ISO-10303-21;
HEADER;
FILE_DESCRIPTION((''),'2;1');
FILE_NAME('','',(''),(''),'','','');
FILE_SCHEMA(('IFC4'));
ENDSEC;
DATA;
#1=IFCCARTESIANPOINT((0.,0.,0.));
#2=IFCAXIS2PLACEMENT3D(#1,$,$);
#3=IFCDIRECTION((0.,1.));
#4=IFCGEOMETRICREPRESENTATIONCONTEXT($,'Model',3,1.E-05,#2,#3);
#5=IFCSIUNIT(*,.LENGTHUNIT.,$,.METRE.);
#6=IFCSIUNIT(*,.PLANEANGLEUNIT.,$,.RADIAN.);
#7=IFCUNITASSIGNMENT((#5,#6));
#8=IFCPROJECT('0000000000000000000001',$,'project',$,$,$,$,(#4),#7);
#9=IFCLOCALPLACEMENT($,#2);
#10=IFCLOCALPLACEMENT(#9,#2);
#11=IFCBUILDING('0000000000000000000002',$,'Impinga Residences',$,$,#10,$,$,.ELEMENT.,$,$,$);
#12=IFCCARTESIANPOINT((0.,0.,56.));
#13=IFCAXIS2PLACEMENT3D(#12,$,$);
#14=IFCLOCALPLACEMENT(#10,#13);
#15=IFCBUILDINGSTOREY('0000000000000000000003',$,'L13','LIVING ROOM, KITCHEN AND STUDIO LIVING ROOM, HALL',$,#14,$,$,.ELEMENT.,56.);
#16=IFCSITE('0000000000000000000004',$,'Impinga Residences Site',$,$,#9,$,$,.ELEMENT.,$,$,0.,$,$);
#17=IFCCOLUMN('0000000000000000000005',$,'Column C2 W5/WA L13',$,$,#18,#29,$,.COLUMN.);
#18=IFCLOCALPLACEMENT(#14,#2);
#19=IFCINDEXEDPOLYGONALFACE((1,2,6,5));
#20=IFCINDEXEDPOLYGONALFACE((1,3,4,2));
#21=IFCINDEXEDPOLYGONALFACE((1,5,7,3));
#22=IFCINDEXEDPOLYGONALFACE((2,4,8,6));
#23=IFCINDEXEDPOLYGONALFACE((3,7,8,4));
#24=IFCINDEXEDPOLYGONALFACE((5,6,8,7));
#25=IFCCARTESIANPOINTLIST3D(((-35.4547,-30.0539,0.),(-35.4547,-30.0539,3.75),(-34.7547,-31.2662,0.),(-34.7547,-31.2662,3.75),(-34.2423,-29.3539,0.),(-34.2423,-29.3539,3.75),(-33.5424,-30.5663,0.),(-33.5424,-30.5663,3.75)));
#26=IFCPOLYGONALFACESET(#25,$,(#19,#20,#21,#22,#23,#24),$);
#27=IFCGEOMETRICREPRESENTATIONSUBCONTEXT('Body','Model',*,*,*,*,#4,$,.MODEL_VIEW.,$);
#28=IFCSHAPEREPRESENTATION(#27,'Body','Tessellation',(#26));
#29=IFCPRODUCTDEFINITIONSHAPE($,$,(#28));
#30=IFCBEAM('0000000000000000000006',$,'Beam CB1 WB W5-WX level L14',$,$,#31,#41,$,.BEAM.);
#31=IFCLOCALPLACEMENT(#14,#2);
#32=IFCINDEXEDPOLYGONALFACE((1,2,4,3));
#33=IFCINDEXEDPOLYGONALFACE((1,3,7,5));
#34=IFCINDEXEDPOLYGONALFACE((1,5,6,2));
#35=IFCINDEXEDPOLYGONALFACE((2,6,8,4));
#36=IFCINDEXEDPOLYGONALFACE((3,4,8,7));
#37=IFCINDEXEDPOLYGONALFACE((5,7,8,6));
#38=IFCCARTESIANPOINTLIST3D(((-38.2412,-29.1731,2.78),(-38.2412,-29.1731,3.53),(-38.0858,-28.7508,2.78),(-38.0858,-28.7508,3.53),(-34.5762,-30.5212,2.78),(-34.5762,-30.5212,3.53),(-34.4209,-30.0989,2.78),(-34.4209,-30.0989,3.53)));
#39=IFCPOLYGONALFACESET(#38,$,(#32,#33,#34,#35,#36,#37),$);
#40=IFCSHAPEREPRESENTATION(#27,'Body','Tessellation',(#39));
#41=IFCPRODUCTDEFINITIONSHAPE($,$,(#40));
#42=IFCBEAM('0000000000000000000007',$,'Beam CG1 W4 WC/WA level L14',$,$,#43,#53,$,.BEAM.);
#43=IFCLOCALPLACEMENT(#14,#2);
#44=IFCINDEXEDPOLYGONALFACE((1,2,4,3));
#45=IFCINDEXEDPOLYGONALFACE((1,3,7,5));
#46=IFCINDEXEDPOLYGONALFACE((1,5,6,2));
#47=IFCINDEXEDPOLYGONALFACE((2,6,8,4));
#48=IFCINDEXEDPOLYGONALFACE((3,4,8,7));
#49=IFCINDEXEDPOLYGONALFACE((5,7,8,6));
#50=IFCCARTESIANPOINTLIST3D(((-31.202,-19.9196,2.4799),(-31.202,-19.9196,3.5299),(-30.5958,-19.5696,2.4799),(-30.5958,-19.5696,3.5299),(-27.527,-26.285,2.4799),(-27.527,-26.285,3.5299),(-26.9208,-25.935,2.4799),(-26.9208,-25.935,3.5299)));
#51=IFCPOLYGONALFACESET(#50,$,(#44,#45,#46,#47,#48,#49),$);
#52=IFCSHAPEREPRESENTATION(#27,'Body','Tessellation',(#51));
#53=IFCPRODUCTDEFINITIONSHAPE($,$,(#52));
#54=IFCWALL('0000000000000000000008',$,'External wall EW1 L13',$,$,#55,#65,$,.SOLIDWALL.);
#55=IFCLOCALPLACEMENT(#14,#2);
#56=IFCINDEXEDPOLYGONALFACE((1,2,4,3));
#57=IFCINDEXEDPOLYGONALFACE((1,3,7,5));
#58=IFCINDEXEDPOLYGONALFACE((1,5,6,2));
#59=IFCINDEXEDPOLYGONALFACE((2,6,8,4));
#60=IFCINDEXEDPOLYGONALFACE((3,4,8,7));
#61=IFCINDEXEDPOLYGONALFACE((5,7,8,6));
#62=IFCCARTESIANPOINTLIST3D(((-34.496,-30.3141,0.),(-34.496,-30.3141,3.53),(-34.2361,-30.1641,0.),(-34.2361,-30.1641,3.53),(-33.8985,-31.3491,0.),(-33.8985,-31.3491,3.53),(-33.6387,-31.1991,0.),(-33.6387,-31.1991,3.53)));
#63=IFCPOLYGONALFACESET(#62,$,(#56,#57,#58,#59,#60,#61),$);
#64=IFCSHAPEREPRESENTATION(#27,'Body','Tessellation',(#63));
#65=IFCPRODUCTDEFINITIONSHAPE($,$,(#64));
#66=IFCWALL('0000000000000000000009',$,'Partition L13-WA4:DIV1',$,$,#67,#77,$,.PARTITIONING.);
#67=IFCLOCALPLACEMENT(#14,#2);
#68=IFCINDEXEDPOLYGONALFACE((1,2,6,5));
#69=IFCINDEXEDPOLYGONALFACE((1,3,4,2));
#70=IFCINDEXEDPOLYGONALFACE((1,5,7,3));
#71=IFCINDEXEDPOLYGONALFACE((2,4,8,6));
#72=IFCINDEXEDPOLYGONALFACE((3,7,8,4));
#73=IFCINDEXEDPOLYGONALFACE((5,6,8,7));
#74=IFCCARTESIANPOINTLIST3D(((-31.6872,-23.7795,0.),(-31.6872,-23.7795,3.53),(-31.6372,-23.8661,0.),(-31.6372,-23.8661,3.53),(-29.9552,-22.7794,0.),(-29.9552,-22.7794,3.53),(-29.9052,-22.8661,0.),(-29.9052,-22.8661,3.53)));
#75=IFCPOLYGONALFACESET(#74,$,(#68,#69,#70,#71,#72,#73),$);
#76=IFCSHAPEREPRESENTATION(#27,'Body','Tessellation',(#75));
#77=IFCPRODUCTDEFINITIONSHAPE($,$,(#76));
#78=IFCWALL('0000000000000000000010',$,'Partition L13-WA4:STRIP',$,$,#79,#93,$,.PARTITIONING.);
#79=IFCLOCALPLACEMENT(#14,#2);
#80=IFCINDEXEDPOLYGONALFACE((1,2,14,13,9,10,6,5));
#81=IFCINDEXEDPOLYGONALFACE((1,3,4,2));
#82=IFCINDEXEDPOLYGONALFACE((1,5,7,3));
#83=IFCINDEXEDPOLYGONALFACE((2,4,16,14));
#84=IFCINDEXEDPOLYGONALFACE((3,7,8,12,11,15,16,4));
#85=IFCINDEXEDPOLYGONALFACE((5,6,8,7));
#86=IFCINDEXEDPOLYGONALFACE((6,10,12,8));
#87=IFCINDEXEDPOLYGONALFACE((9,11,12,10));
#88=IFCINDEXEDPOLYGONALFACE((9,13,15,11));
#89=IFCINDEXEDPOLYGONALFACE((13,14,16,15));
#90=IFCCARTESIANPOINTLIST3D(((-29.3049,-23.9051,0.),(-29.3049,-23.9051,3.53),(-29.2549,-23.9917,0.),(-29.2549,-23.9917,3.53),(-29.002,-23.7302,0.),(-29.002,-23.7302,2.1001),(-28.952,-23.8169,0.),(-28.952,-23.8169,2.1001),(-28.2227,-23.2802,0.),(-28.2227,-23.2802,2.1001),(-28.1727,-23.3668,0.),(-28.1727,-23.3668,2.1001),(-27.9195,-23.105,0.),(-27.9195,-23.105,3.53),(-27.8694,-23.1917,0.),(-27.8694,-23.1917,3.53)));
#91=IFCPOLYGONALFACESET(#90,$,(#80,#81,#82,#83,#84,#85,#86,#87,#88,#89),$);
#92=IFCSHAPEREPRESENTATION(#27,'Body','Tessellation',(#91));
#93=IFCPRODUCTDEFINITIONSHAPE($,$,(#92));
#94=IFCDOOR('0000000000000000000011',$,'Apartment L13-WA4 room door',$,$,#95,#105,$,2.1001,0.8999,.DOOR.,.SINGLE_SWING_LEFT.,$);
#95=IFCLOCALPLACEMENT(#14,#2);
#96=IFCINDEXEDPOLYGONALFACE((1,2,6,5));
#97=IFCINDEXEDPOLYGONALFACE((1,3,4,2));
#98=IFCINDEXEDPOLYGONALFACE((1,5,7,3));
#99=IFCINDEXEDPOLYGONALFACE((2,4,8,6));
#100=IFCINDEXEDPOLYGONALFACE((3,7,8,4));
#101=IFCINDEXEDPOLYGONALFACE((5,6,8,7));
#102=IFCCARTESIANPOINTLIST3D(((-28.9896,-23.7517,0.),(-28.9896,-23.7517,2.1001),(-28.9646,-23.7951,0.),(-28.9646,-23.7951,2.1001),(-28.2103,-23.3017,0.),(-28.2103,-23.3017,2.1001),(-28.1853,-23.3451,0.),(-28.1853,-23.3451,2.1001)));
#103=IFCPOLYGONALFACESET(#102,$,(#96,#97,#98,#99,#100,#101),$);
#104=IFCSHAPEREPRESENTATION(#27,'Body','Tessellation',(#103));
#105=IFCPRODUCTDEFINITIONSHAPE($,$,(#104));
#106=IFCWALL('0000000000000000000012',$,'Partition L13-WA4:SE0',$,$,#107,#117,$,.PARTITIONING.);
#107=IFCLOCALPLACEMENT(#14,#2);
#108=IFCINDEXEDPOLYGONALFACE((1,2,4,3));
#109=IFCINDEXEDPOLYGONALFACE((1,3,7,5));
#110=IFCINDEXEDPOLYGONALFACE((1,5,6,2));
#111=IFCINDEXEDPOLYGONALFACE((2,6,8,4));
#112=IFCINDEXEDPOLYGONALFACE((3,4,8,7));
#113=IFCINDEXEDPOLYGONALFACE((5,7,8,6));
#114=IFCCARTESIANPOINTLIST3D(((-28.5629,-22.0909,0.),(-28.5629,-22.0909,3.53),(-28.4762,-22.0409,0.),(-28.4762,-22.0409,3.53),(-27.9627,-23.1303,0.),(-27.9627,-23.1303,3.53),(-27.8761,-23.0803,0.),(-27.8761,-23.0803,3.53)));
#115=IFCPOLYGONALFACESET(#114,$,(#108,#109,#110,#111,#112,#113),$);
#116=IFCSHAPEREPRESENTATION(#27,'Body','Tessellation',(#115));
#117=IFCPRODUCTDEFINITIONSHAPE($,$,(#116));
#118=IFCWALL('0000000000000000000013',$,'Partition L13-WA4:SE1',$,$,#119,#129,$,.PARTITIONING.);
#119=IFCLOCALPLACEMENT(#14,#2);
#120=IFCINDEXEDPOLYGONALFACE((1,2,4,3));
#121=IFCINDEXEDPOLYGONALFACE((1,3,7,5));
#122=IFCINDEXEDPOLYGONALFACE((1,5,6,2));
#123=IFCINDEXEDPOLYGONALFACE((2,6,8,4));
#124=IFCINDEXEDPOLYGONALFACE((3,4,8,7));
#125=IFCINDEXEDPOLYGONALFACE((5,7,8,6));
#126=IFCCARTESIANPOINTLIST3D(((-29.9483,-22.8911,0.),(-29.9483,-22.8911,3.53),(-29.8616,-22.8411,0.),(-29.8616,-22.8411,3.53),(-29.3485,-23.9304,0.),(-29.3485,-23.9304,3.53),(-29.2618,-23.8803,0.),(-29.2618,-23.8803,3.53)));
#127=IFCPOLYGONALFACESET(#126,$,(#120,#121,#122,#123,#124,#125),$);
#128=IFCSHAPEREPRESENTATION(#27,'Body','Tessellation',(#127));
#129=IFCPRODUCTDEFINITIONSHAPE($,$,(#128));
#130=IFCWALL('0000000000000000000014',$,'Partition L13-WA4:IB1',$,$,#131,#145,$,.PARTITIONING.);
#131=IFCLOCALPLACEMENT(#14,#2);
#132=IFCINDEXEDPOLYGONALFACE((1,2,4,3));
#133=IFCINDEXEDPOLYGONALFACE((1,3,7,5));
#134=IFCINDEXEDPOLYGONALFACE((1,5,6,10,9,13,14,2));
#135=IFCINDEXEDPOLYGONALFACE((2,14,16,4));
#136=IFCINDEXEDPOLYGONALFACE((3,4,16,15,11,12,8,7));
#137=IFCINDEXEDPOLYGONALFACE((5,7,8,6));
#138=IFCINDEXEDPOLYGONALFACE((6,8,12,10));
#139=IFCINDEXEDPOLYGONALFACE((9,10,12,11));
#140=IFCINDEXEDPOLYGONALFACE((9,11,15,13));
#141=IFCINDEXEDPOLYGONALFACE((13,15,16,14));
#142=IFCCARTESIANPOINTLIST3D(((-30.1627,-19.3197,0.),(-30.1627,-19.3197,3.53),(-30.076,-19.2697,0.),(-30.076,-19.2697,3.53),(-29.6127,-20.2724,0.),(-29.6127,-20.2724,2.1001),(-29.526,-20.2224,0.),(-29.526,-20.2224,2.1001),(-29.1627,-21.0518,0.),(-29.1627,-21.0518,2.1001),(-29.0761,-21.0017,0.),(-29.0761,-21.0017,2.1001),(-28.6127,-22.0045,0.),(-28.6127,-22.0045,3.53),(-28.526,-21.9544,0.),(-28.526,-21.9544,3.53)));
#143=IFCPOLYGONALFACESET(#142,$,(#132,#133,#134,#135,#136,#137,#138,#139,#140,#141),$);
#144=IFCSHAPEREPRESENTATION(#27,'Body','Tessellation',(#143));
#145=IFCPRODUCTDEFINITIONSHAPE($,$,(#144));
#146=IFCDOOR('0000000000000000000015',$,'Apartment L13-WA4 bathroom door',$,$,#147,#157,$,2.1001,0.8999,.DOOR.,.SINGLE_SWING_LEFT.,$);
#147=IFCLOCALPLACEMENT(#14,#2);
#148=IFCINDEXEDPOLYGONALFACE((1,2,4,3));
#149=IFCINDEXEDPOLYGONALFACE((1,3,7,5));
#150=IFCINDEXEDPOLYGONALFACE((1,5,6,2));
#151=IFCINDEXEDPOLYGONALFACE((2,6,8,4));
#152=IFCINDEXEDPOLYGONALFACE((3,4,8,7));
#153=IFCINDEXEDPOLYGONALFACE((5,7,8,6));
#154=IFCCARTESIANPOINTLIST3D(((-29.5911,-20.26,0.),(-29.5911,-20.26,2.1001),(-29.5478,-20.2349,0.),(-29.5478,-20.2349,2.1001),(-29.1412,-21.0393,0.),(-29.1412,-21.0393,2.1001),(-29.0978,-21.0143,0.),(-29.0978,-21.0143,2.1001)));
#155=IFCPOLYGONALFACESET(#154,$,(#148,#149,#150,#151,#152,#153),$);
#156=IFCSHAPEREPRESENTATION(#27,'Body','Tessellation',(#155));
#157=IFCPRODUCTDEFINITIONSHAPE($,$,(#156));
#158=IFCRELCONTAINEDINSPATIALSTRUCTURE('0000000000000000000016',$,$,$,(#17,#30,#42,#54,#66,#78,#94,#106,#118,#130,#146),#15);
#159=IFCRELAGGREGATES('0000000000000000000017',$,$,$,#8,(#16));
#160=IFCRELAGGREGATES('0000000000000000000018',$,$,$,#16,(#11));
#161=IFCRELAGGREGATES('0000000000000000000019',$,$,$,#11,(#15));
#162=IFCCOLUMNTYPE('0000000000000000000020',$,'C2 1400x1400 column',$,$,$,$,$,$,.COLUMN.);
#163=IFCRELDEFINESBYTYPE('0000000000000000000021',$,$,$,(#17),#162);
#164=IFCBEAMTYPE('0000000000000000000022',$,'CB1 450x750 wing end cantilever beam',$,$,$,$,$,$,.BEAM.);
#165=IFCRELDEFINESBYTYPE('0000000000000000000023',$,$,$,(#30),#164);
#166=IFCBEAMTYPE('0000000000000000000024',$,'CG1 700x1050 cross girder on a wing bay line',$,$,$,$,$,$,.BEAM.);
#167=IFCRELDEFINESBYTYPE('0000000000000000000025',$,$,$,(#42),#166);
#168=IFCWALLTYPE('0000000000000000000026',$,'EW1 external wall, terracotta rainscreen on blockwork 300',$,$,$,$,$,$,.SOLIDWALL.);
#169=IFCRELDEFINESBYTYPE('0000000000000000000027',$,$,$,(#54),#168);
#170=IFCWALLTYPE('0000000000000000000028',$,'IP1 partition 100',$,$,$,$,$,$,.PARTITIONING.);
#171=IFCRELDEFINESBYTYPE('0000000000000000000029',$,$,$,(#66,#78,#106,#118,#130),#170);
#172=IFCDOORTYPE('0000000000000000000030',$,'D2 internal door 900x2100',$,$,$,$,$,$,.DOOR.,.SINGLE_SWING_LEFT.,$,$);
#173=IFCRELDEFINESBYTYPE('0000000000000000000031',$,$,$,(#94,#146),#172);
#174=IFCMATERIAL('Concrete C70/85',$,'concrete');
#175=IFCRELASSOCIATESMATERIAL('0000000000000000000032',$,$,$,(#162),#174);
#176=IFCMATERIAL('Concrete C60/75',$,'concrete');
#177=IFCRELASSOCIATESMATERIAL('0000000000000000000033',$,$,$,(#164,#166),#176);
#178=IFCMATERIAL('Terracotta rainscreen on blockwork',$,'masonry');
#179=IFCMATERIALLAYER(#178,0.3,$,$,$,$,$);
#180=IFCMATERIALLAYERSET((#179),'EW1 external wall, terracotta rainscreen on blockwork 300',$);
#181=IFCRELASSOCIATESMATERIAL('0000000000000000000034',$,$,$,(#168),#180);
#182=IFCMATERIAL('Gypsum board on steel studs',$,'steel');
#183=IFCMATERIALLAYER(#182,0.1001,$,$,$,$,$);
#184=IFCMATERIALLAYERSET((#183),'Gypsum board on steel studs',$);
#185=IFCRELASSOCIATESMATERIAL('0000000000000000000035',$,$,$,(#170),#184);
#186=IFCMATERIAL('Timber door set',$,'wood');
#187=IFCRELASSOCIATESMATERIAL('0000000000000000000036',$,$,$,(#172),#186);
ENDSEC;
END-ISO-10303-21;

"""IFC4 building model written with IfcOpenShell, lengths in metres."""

from ifc_helpers import new_model, si_unit, direction, frame, frame_2d, origin, origin_2d, place, context, subcontext, project, spatial, rectangle, extrude, material, layer, layer_set, material_profile, profile_set, type_object, element, fill, save


model = new_model("IFC4")

# Units and contexts
model_context = context("Model", 3, precision=1e-05, world=origin(), true_north=direction((0.0, 1.0)))
body_context = subcontext(model_context, "Body", "Model", "MODEL_VIEW")
ifc_project = project(units=[si_unit("LENGTHUNIT", "METRE"), si_unit("PLANEANGLEUNIT", "RADIAN")], contexts=[model_context])

# Site, building, storey
site_placement = place(None, origin())
site = spatial("IfcSite", under=ifc_project, at=site_placement, Name="Impinga Residences Site", CompositionType="ELEMENT", RefElevation=0.0)
building_placement = place(site_placement, origin())
building = spatial("IfcBuilding", under=site, at=building_placement, Name="Impinga Residences", CompositionType="ELEMENT")
storey_placement = place(building_placement, frame((0.0, 0.0, 56.0)))
storey = spatial("IfcBuildingStorey", under=building, at=storey_placement, Name="L13", Description="LIVING ROOM, KITCHEN AND STUDIO LIVING ROOM, HALL", CompositionType="ELEMENT", Elevation=56.0)

# Column
ifc_material_1 = material(Name="Concrete C70/85", Category="concrete")
ifc_material_profile_1 = material_profile(ifc_material_1, rectangle(XDim=1.3999, YDim=1.3999, at=origin_2d()), Name="RC 1400x1400")
ifc_profile_set_1 = profile_set([ifc_material_profile_1], Name="Concrete C70/85")
column_type = type_object("IfcColumnType", Name="C2 1400x1400 column", PredefinedType="COLUMN", material=ifc_profile_set_1)
column_placement = place(storey_placement, frame((-34.4985, -30.3101, 0.0), z_axis=(0.0, 0.0, 1.0), x_axis=(-0.5, 0.866025, 0.0)))
element("IfcColumn", 1, at=column_placement, inside=storey, type_object=column_type, Name="Column C2 W5/WA L13", PredefinedType="COLUMN", context=body_context, shape_type="SweptSolid", body=[
    extrude(rectangle(XDim=1.3999, YDim=1.3999, at=origin_2d()), origin(), (0.0, 0.0, 1.0), 3.75),
])

# Beams
ifc_material_2 = material(Name="Concrete C60/75", Category="concrete")
ifc_material_profile_2 = material_profile(ifc_material_2, rectangle(XDim=0.45, YDim=0.75, at=origin_2d()), Name="RC 450x750")
ifc_profile_set_2 = profile_set([ifc_material_profile_2], Name="Concrete C60/75")
beam_type_1 = type_object("IfcBeamType", Name="CB1 450x750 wing end cantilever beam", PredefinedType="BEAM", material=ifc_profile_set_2)
beam_1_placement = place(storey_placement, frame((-34.4985, -30.3101, 3.155), z_axis=(-0.93852, 0.345224, 0.0), x_axis=(-0.345224, -0.93852, 0.0)))
element("IfcBeam", 2, at=beam_1_placement, inside=storey, type_object=beam_type_1, Name="Beam CB1 WB W5-WX level L14", PredefinedType="BEAM", context=body_context, shape_type="SweptSolid", body=[
    extrude(rectangle(XDim=0.45, YDim=0.75, at=origin_2d()), origin(), (0.0, 0.0, 1.0), 3.905),
])
ifc_material_profile_3 = material_profile(ifc_material_2, rectangle(XDim=0.7, YDim=1.05, at=origin_2d()), Name="RC 700x1050")
ifc_profile_set_3 = profile_set([ifc_material_profile_3], Name="Concrete C60/75")
beam_type_2 = type_object("IfcBeamType", Name="CG1 700x1050 cross girder on a wing bay line", PredefinedType="BEAM", material=ifc_profile_set_3)
beam_2_placement = place(storey_placement, frame((-30.8989, -19.7446, 3.0049), z_axis=(0.499994, -0.866029, 0.0), x_axis=(0.866029, 0.499994, 0.0)))
element("IfcBeam", 3, at=beam_2_placement, inside=storey, type_object=beam_type_2, Name="Beam CG1 W4 WC/WA level L14", PredefinedType="BEAM", context=body_context, shape_type="SweptSolid", body=[
    extrude(rectangle(XDim=0.7, YDim=1.05, at=origin_2d()), origin(), (0.0, 0.0, 1.0), 7.3501),
])

# Walls
ifc_material_3 = material(Name="Terracotta rainscreen on blockwork", Category="masonry")
ifc_layer_1 = layer(ifc_material_3, 0.3)
ifc_layer_set_1 = layer_set([ifc_layer_1], Name="EW1 external wall, terracotta rainscreen on blockwork 300")
wall_type_1 = type_object("IfcWallType", Name="EW1 external wall, terracotta rainscreen on blockwork 300", PredefinedType="SOLIDWALL", material=ifc_layer_set_1)
wall_1_placement = place(storey_placement, frame((-33.7686, -31.2742, 0.0), z_axis=(0.0, 0.0, 1.0), x_axis=(-0.499941, 0.86606, 0.0)))
element("IfcWall", 4, at=wall_1_placement, inside=storey, type_object=wall_type_1, Name="External wall EW1 L13", PredefinedType="SOLIDWALL", context=body_context, shape_type="SweptSolid", body=[
    extrude(rectangle(XDim=1.1951, YDim=0.3, at=frame_2d((0.5977, 0.0))), origin(), (0.0, 0.0, 1.0), 3.53),
])
ifc_material_4 = material(Name="Gypsum board on steel studs", Category="steel")
ifc_layer_2 = layer(ifc_material_4, 0.1001)
ifc_layer_set_2 = layer_set([ifc_layer_2], Name="Gypsum board on steel studs")
wall_type_2 = type_object("IfcWallType", Name="IP1 partition 100", PredefinedType="PARTITIONING", material=ifc_layer_set_2)
wall_2_placement = place(storey_placement, frame((-29.9302, -22.8228, 0.0), z_axis=(0.0, 0.0, 1.0), x_axis=(-0.866011, -0.500025, 0.0)))
element("IfcWall", 5, at=wall_2_placement, inside=storey, type_object=wall_type_2, Name="Partition L13-WA4:DIV1", PredefinedType="PARTITIONING", context=body_context, shape_type="SweptSolid", body=[
    extrude(rectangle(XDim=2.0, YDim=0.1001, at=frame_2d((1.0, 0.0))), origin(), (0.0, 0.0, 1.0), 3.53),
])

# Wall, opening, door
wall_3_placement = place(storey_placement, frame((-27.8945, -23.1484, 0.0), z_axis=(0.0, 0.0, 1.0), x_axis=(-0.86599, -0.500061, 0.0)))
wall_3 = element("IfcWall", 6, at=wall_3_placement, inside=storey, type_object=wall_type_2, Name="Partition L13-WA4:STRIP", PredefinedType="PARTITIONING", context=body_context, shape_type="SweptSolid", body=[
    extrude(rectangle(XDim=1.5999, YDim=0.1001, at=frame_2d((0.7998, 0.0))), origin(), (0.0, 0.0, 1.0), 3.53),
])
opening_1_placement = place(wall_3_placement, frame((0.3501, 0.0, 0.0)))
opening_1 = element("IfcOpeningElement", 7, at=opening_1_placement, cuts=wall_3, PredefinedType="OPENING", context=body_context, shape_type="SweptSolid", body=[
    extrude(rectangle(XDim=0.8999, YDim=2.1001, at=frame_2d((0.45, 1.05))), frame((0.0, 0.0601, 0.0), z_axis=(0.0, -1.0, 0.0), x_axis=(1.0, 0.0, 0.0)), (0.0, 0.0, 1.0), 0.1201),
])
ifc_material_5 = material(Name="Timber door set", Category="wood")
door_type = type_object("IfcDoorType", Name="D2 internal door 900x2100", OperationType="SINGLE_SWING_LEFT", PredefinedType="DOOR", material=ifc_material_5)
door_1_placement = place(opening_1_placement, origin())
door_1 = element("IfcDoor", 8, at=door_1_placement, inside=storey, type_object=door_type, Name="Apartment L13-WA4 room door", OperationType="SINGLE_SWING_LEFT", OverallHeight=2.1001, OverallWidth=0.8999, PredefinedType="DOOR", context=body_context, shape_type="SweptSolid", body=[
    extrude(rectangle(XDim=0.8999, YDim=2.1001, at=frame_2d((0.45, 1.05))), frame((0.0, 0.0249, 0.0), z_axis=(0.0, -1.0, 0.0), x_axis=(1.0, 0.0, 0.0)), (0.0, 0.0, 1.0), 0.05),
])
fill(opening_1, door_1)

# Walls
wall_4_placement = place(storey_placement, frame((-28.5195, -22.0659, 0.0), z_axis=(0.0, 0.0, 1.0), x_axis=(0.500034, -0.866006, 0.0)))
element("IfcWall", 9, at=wall_4_placement, inside=storey, type_object=wall_type_2, Name="Partition L13-WA4:SE0", PredefinedType="PARTITIONING", context=body_context, shape_type="SweptSolid", body=[
    extrude(rectangle(XDim=1.2002, YDim=0.1001, at=frame_2d((0.6001, 0.0))), origin(), (0.0, 0.0, 1.0), 3.53),
])
wall_5_placement = place(storey_placement, frame((-29.905, -22.866, 0.0), z_axis=(0.0, 0.0, 1.0), x_axis=(0.499881, -0.866094, 0.0)))
element("IfcWall", 10, at=wall_5_placement, inside=storey, type_object=wall_type_2, Name="Partition L13-WA4:SE1", PredefinedType="PARTITIONING", context=body_context, shape_type="SweptSolid", body=[
    extrude(rectangle(XDim=1.2, YDim=0.1001, at=frame_2d((0.6001, 0.0))), origin(), (0.0, 0.0, 1.0), 3.53),
])

# Wall, opening, door
wall_6_placement = place(storey_placement, frame((-30.1194, -19.2947, 0.0), z_axis=(0.0, 0.0, 1.0), x_axis=(0.499993, -0.86603, 0.0)))
wall_6 = element("IfcWall", 11, at=wall_6_placement, inside=storey, type_object=wall_type_2, Name="Partition L13-WA4:IB1", PredefinedType="PARTITIONING", context=body_context, shape_type="SweptSolid", body=[
    extrude(rectangle(XDim=3.1001, YDim=0.1001, at=frame_2d((1.55, 0.0))), origin(), (0.0, 0.0, 1.0), 3.53),
])
opening_2_placement = place(wall_6_placement, frame((1.1001, 0.0, 0.0)))
opening_2 = element("IfcOpeningElement", 12, at=opening_2_placement, cuts=wall_6, PredefinedType="OPENING", context=body_context, shape_type="SweptSolid", body=[
    extrude(rectangle(XDim=0.8999, YDim=2.1001, at=frame_2d((0.45, 1.05))), frame((0.0, 0.0601, 0.0), z_axis=(0.0, -1.0, 0.0), x_axis=(1.0, 0.0, 0.0)), (0.0, 0.0, 1.0), 0.1201),
])
door_2_placement = place(opening_2_placement, origin())
door_2 = element("IfcDoor", 13, at=door_2_placement, inside=storey, type_object=door_type, Name="Apartment L13-WA4 bathroom door", OperationType="SINGLE_SWING_LEFT", OverallHeight=2.1001, OverallWidth=0.8999, PredefinedType="DOOR", context=body_context, shape_type="SweptSolid", body=[
    extrude(rectangle(XDim=0.8999, YDim=2.1001, at=frame_2d((0.45, 1.05))), frame((0.0, 0.0249, 0.0), z_axis=(0.0, -1.0, 0.0), x_axis=(1.0, 0.0, 0.0)), (0.0, 0.0, 1.0), 0.05),
])
fill(opening_2, door_2)

save(model, "model.ifc")
